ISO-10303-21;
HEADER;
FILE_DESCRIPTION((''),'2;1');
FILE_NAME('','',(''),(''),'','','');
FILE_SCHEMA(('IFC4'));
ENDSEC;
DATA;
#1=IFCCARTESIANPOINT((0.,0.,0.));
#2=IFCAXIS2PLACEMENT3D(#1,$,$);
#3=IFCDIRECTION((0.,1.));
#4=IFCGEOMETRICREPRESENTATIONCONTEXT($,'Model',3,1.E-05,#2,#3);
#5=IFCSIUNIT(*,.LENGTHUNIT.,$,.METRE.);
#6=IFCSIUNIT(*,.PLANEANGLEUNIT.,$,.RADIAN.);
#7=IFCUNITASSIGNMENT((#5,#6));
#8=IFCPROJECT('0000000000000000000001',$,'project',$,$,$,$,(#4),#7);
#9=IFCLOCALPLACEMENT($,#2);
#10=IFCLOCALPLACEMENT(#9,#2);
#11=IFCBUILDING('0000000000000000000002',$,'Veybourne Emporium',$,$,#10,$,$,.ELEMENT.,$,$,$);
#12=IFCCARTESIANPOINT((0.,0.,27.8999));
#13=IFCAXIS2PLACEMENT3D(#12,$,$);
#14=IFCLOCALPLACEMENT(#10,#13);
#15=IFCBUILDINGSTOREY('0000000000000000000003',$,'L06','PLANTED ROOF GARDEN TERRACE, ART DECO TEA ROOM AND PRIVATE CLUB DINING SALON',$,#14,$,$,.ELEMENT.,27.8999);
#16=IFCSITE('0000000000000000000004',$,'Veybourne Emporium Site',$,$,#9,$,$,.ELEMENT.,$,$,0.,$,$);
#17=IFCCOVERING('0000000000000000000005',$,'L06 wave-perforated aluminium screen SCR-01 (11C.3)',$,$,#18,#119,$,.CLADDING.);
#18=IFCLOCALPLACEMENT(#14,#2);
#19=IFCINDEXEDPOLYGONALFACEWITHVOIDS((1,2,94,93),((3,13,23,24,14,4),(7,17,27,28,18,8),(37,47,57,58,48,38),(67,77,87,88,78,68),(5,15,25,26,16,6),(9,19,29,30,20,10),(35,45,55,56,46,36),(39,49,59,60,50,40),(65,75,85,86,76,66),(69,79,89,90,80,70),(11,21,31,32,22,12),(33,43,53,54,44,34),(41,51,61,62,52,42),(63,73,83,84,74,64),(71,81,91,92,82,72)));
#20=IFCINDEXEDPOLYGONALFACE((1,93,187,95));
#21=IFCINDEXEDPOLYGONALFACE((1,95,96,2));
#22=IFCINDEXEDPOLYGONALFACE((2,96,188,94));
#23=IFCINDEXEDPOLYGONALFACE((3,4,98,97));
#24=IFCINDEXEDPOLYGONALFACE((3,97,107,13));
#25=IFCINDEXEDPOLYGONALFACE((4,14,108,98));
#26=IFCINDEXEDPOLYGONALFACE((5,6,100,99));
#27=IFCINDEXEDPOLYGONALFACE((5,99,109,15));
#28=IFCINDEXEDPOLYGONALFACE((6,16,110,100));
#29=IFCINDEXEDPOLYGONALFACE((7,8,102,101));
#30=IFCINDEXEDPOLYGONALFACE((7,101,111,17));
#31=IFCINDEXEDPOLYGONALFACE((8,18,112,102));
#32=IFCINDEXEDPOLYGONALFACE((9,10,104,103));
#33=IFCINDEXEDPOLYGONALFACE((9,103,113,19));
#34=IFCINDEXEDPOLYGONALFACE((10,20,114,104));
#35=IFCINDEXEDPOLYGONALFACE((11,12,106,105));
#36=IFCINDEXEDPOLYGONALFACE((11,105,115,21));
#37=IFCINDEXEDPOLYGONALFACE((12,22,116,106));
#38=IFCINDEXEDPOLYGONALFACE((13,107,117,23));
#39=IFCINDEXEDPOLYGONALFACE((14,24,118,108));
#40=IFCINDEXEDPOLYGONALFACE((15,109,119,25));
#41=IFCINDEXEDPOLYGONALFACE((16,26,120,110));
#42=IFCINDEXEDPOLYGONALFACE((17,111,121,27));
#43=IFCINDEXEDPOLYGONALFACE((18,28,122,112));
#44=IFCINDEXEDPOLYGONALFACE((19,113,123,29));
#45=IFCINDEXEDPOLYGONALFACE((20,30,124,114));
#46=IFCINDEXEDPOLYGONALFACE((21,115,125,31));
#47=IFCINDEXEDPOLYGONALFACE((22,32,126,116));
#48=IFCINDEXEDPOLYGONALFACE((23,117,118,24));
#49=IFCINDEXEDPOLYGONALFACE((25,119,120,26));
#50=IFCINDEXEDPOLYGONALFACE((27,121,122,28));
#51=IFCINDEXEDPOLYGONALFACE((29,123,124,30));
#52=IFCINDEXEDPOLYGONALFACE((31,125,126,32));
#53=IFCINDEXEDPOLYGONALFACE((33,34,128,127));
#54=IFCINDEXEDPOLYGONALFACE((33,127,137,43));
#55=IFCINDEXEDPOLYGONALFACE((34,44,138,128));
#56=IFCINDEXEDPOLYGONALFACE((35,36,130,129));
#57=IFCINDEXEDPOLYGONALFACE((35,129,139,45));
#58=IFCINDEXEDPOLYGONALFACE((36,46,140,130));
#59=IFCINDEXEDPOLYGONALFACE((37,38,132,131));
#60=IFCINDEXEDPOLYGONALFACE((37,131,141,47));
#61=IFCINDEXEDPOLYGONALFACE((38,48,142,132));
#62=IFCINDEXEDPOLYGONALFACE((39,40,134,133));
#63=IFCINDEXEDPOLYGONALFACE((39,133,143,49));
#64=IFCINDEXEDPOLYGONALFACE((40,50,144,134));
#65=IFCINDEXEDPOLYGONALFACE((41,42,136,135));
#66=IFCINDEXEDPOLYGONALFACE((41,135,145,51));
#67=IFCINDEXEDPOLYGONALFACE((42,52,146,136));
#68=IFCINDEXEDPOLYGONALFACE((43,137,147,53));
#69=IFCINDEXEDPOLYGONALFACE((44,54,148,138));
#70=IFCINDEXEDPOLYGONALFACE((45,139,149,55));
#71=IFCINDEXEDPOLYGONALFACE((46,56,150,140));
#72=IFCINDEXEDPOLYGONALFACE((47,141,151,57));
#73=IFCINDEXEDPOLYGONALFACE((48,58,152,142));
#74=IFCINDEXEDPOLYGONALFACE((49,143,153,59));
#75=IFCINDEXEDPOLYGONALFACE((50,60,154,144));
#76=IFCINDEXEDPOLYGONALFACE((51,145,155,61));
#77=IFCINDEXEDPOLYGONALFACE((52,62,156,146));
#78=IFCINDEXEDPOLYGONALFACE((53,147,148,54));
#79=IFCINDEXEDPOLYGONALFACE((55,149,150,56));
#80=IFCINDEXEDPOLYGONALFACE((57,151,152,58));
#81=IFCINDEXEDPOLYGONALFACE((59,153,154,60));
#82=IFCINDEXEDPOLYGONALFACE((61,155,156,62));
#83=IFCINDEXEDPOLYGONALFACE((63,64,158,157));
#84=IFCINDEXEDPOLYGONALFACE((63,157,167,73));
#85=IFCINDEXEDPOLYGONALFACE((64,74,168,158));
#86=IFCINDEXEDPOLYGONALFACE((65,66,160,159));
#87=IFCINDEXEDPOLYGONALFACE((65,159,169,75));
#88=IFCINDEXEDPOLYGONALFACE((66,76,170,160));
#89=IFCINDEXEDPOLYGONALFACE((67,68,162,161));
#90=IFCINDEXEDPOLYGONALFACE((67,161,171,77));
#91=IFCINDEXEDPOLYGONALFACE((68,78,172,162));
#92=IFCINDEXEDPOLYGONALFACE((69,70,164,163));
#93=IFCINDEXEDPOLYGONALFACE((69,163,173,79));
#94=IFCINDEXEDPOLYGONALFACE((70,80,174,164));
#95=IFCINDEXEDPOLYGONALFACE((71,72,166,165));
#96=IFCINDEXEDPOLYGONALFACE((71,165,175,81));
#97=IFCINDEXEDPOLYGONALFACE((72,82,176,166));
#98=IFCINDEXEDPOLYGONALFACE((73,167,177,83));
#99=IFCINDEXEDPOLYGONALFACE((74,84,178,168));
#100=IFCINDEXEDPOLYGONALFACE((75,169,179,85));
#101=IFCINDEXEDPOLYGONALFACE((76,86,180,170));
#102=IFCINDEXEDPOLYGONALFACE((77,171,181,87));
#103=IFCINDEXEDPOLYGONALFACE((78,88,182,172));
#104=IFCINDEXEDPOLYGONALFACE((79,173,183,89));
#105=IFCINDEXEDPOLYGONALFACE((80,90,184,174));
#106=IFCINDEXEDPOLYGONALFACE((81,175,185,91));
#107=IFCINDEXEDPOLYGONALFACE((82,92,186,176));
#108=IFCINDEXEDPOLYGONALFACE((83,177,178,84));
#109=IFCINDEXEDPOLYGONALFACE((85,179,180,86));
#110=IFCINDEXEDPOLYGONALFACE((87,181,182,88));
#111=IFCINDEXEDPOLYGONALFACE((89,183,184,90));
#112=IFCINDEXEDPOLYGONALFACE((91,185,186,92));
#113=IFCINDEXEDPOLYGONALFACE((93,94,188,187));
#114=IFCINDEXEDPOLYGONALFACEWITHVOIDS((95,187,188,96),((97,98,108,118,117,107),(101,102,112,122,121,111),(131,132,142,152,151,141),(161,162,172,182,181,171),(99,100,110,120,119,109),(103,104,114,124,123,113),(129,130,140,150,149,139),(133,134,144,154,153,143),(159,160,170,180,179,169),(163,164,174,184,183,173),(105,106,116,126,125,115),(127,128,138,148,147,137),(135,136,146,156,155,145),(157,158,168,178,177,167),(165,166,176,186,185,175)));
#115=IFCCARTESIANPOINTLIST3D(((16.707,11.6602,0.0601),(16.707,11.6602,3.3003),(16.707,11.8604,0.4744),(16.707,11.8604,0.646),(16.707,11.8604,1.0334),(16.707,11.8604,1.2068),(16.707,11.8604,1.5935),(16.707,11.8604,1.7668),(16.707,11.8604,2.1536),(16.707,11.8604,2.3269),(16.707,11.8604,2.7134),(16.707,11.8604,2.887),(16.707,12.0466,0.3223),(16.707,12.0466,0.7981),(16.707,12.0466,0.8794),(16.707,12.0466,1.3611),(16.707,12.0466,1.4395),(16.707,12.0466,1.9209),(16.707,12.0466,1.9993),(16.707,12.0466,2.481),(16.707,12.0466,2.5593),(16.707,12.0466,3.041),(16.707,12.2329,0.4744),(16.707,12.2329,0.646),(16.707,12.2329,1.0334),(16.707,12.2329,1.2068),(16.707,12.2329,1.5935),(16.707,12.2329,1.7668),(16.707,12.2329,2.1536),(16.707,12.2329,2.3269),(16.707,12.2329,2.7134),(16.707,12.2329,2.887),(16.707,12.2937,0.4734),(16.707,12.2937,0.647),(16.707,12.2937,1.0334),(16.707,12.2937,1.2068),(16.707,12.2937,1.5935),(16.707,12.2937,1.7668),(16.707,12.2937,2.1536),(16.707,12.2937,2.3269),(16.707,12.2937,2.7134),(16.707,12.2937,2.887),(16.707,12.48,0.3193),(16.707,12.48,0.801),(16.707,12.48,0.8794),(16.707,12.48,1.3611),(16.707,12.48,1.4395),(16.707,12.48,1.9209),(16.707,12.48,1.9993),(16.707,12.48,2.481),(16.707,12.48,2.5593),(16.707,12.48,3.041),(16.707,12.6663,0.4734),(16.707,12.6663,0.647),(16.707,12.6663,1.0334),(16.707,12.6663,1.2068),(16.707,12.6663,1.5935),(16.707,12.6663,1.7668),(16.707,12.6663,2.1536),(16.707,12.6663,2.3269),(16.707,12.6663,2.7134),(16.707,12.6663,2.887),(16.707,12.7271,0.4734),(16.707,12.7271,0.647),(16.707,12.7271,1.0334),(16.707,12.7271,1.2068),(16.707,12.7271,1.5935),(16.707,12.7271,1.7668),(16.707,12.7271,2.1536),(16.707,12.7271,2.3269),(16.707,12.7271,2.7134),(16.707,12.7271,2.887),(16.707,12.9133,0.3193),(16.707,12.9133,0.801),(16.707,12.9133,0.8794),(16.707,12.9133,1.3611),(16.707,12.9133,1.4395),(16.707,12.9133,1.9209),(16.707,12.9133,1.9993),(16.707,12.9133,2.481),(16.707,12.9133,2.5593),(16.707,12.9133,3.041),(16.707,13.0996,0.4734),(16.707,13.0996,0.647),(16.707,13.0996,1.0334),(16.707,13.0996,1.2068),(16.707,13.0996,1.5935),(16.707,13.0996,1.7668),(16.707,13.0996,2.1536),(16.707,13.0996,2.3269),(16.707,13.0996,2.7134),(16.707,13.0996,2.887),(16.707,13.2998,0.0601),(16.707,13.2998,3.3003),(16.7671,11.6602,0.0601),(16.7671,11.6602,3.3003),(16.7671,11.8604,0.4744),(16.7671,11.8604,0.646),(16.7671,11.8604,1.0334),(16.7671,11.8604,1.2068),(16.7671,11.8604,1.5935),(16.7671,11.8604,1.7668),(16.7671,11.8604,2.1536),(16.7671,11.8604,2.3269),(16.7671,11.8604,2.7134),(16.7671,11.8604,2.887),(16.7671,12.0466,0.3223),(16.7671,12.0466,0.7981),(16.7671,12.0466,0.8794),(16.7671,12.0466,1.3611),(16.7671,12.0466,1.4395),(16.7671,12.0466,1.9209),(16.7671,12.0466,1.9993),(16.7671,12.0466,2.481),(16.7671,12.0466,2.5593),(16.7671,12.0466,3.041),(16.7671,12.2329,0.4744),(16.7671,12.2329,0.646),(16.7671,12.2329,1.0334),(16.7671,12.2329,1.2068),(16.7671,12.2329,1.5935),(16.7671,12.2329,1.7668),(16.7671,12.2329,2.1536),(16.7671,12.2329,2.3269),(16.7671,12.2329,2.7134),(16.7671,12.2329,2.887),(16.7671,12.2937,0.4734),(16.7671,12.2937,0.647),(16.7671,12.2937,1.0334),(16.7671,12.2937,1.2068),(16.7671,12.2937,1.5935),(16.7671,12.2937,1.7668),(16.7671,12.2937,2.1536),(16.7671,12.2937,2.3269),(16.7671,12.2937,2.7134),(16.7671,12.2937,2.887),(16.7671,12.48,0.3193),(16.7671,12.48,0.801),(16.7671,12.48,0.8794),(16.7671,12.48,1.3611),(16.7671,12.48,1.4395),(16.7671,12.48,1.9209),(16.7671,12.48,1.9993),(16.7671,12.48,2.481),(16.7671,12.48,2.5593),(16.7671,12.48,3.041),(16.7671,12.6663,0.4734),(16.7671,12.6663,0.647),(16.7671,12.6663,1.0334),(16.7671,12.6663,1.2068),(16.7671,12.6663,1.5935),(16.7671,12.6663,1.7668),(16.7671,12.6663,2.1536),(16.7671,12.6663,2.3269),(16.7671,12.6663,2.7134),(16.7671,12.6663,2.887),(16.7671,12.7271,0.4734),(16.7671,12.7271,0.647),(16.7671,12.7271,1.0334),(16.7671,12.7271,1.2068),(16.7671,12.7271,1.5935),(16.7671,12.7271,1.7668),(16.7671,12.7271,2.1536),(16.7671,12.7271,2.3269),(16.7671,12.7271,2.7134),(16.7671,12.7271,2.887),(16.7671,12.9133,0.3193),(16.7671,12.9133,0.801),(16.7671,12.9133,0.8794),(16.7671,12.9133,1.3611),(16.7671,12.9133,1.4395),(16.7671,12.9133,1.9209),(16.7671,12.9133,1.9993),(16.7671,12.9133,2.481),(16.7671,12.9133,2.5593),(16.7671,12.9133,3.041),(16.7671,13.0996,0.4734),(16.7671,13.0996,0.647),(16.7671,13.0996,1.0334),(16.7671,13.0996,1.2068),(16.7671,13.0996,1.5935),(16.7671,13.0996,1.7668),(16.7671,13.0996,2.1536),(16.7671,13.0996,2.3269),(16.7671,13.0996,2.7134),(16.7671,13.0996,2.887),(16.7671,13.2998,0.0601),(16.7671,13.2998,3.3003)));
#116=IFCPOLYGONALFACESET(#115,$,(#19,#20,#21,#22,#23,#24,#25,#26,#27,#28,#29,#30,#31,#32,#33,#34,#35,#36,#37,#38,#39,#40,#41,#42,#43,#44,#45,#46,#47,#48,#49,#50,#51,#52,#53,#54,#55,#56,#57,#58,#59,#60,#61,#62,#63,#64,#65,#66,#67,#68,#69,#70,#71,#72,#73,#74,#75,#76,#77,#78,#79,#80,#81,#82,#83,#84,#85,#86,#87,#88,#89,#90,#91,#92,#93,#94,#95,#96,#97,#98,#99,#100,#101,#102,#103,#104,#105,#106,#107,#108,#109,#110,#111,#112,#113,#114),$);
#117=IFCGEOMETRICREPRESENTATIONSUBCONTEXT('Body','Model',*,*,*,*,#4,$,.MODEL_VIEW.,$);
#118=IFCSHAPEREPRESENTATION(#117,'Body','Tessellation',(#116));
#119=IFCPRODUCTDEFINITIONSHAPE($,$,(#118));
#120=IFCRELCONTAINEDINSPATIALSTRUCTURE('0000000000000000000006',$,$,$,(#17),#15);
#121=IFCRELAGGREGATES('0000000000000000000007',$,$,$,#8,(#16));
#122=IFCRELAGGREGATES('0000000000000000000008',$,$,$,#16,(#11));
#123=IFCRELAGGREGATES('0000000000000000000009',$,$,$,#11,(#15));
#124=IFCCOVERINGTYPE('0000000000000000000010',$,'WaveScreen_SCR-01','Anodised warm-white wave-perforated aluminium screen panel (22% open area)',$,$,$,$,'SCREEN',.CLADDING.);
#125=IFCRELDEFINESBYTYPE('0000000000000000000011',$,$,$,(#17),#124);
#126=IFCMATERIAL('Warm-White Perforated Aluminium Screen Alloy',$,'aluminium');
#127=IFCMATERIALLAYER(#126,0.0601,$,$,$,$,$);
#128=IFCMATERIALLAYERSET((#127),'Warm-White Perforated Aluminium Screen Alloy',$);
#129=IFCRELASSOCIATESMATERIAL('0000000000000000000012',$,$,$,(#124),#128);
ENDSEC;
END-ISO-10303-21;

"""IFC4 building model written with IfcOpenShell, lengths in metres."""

from ifc_helpers import new_model, si_unit, direction, frame, origin, place, context, subcontext, project, spatial, polyline, outline, extrude, material, layer, layer_set, type_object, element, save


model = new_model("IFC4")

# Units and contexts
model_context = context("Model", 3, precision=1e-05, world=origin(), true_north=direction((0.0, 1.0)))
body_context = subcontext(model_context, "Body", "Model", "MODEL_VIEW")
ifc_project = project(units=[si_unit("LENGTHUNIT", "METRE"), si_unit("PLANEANGLEUNIT", "RADIAN")], contexts=[model_context])

# Site, building, storey
site_placement = place(None, origin())
site = spatial("IfcSite", under=ifc_project, at=site_placement, Name="Veybourne Emporium Site", CompositionType="ELEMENT", RefElevation=0.0)
building_placement = place(site_placement, origin())
building = spatial("IfcBuilding", under=site, at=building_placement, Name="Veybourne Emporium", CompositionType="ELEMENT")
storey_placement = place(building_placement, frame((0.0, 0.0, 27.8999)))
storey = spatial("IfcBuildingStorey", under=building, at=storey_placement, Name="L06", Description="PLANTED ROOF GARDEN TERRACE, ART DECO TEA ROOM AND PRIVATE CLUB DINING SALON", CompositionType="ELEMENT", Elevation=27.8999)

# Covering
ifc_material_1 = material(Name="Warm-White Perforated Aluminium Screen Alloy", Category="aluminium")
ifc_layer_1 = layer(ifc_material_1, 0.0601)
ifc_layer_set_1 = layer_set([ifc_layer_1], Name="Warm-White Perforated Aluminium Screen Alloy")
covering_type_1 = type_object("IfcCoveringType", Name="WaveScreen_SCR-01", Description="Anodised warm-white wave-perforated aluminium screen panel (22% open area)", ElementType="SCREEN", PredefinedType="CLADDING", material=ifc_layer_set_1)
covering_1_placement = place(storey_placement, frame((16.707, 12.48, 1.6802), z_axis=(1.0, 0.0, 0.0), x_axis=(0.0, 1.0, 0.0)))
element("IfcCovering", 1, at=covering_1_placement, inside=storey, type_object=covering_type_1, Name="L06 wave-perforated aluminium screen SCR-01 (11C.3)", PredefinedType="CLADDING", context=body_context, shape_type="SweptSolid", body=[
    extrude(outline(polyline([(-0.8198, -1.6201), (0.8198, -1.6201), (0.8198, 1.6201), (-0.8198, 1.6201), (-0.8198, -1.6201)]), holes=[polyline([(-0.4333, -0.8821), (-0.2471, -1.0342), (-0.2471, -1.2058), (-0.4333, -1.3579), (-0.6196, -1.2058), (-0.6196, -1.0342), (-0.4333, -0.8821)]), polyline([(-0.4333, -0.3191), (-0.2471, -0.4734), (-0.2471, -0.6467), (-0.4333, -0.8008), (-0.6196, -0.6467), (-0.6196, -0.4734), (-0.4333, -0.3191)]), polyline([(-0.4333, 0.2407), (-0.2471, 0.0867), (-0.2471, -0.0867), (-0.4333, -0.2407), (-0.6196, -0.0867), (-0.6196, 0.0867), (-0.4333, 0.2407)]), polyline([(-0.4333, 0.8008), (-0.2471, 0.6467), (-0.2471, 0.4734), (-0.4333, 0.3191), (-0.6196, 0.4734), (-0.6196, 0.6467), (-0.4333, 0.8008)]), polyline([(-0.4333, 1.3608), (-0.2471, 1.2068), (-0.2471, 1.0332), (-0.4333, 0.8792), (-0.6196, 1.0332), (-0.6196, 1.2068), (-0.4333, 1.3608)]), polyline([(0.0, -0.8792), (0.1863, -1.0332), (0.1863, -1.2068), (0.0, -1.3608), (-0.1863, -1.2068), (-0.1863, -1.0332), (0.0, -0.8792)]), polyline([(0.0, -0.3191), (0.1863, -0.4734), (0.1863, -0.6467), (0.0, -0.8008), (-0.1863, -0.6467), (-0.1863, -0.4734), (0.0, -0.3191)]), polyline([(0.0, 0.2407), (0.1863, 0.0867), (0.1863, -0.0867), (0.0, -0.2407), (-0.1863, -0.0867), (-0.1863, 0.0867), (0.0, 0.2407)]), polyline([(0.0, 0.8008), (0.1863, 0.6467), (0.1863, 0.4734), (0.0, 0.3191), (-0.1863, 0.4734), (-0.1863, 0.6467), (0.0, 0.8008)]), polyline([(0.0, 1.3608), (0.1863, 1.2068), (0.1863, 1.0332), (0.0, 0.8792), (-0.1863, 1.0332), (-0.1863, 1.2068), (0.0, 1.3608)]), polyline([(0.4333, -0.8792), (0.6196, -1.0332), (0.6196, -1.2068), (0.4333, -1.3608), (0.2471, -1.2068), (0.2471, -1.0332), (0.4333, -0.8792)]), polyline([(0.4333, -0.3191), (0.6196, -0.4734), (0.6196, -0.6467), (0.4333, -0.8008), (0.2471, -0.6467), (0.2471, -0.4734), (0.4333, -0.3191)]), polyline([(0.4333, 0.2407), (0.6196, 0.0867), (0.6196, -0.0867), (0.4333, -0.2407), (0.2471, -0.0867), (0.2471, 0.0867), (0.4333, 0.2407)]), polyline([(0.4333, 0.8008), (0.6196, 0.6467), (0.6196, 0.4734), (0.4333, 0.3191), (0.2471, 0.4734), (0.2471, 0.6467), (0.4333, 0.8008)]), polyline([(0.4333, 1.3608), (0.6196, 1.2068), (0.6196, 1.0332), (0.4333, 0.8792), (0.2471, 1.0332), (0.2471, 1.2068), (0.4333, 1.3608)])]), origin(), (0.0, 0.0, 1.0), 0.0601),
])

save(model, "model.ifc")
